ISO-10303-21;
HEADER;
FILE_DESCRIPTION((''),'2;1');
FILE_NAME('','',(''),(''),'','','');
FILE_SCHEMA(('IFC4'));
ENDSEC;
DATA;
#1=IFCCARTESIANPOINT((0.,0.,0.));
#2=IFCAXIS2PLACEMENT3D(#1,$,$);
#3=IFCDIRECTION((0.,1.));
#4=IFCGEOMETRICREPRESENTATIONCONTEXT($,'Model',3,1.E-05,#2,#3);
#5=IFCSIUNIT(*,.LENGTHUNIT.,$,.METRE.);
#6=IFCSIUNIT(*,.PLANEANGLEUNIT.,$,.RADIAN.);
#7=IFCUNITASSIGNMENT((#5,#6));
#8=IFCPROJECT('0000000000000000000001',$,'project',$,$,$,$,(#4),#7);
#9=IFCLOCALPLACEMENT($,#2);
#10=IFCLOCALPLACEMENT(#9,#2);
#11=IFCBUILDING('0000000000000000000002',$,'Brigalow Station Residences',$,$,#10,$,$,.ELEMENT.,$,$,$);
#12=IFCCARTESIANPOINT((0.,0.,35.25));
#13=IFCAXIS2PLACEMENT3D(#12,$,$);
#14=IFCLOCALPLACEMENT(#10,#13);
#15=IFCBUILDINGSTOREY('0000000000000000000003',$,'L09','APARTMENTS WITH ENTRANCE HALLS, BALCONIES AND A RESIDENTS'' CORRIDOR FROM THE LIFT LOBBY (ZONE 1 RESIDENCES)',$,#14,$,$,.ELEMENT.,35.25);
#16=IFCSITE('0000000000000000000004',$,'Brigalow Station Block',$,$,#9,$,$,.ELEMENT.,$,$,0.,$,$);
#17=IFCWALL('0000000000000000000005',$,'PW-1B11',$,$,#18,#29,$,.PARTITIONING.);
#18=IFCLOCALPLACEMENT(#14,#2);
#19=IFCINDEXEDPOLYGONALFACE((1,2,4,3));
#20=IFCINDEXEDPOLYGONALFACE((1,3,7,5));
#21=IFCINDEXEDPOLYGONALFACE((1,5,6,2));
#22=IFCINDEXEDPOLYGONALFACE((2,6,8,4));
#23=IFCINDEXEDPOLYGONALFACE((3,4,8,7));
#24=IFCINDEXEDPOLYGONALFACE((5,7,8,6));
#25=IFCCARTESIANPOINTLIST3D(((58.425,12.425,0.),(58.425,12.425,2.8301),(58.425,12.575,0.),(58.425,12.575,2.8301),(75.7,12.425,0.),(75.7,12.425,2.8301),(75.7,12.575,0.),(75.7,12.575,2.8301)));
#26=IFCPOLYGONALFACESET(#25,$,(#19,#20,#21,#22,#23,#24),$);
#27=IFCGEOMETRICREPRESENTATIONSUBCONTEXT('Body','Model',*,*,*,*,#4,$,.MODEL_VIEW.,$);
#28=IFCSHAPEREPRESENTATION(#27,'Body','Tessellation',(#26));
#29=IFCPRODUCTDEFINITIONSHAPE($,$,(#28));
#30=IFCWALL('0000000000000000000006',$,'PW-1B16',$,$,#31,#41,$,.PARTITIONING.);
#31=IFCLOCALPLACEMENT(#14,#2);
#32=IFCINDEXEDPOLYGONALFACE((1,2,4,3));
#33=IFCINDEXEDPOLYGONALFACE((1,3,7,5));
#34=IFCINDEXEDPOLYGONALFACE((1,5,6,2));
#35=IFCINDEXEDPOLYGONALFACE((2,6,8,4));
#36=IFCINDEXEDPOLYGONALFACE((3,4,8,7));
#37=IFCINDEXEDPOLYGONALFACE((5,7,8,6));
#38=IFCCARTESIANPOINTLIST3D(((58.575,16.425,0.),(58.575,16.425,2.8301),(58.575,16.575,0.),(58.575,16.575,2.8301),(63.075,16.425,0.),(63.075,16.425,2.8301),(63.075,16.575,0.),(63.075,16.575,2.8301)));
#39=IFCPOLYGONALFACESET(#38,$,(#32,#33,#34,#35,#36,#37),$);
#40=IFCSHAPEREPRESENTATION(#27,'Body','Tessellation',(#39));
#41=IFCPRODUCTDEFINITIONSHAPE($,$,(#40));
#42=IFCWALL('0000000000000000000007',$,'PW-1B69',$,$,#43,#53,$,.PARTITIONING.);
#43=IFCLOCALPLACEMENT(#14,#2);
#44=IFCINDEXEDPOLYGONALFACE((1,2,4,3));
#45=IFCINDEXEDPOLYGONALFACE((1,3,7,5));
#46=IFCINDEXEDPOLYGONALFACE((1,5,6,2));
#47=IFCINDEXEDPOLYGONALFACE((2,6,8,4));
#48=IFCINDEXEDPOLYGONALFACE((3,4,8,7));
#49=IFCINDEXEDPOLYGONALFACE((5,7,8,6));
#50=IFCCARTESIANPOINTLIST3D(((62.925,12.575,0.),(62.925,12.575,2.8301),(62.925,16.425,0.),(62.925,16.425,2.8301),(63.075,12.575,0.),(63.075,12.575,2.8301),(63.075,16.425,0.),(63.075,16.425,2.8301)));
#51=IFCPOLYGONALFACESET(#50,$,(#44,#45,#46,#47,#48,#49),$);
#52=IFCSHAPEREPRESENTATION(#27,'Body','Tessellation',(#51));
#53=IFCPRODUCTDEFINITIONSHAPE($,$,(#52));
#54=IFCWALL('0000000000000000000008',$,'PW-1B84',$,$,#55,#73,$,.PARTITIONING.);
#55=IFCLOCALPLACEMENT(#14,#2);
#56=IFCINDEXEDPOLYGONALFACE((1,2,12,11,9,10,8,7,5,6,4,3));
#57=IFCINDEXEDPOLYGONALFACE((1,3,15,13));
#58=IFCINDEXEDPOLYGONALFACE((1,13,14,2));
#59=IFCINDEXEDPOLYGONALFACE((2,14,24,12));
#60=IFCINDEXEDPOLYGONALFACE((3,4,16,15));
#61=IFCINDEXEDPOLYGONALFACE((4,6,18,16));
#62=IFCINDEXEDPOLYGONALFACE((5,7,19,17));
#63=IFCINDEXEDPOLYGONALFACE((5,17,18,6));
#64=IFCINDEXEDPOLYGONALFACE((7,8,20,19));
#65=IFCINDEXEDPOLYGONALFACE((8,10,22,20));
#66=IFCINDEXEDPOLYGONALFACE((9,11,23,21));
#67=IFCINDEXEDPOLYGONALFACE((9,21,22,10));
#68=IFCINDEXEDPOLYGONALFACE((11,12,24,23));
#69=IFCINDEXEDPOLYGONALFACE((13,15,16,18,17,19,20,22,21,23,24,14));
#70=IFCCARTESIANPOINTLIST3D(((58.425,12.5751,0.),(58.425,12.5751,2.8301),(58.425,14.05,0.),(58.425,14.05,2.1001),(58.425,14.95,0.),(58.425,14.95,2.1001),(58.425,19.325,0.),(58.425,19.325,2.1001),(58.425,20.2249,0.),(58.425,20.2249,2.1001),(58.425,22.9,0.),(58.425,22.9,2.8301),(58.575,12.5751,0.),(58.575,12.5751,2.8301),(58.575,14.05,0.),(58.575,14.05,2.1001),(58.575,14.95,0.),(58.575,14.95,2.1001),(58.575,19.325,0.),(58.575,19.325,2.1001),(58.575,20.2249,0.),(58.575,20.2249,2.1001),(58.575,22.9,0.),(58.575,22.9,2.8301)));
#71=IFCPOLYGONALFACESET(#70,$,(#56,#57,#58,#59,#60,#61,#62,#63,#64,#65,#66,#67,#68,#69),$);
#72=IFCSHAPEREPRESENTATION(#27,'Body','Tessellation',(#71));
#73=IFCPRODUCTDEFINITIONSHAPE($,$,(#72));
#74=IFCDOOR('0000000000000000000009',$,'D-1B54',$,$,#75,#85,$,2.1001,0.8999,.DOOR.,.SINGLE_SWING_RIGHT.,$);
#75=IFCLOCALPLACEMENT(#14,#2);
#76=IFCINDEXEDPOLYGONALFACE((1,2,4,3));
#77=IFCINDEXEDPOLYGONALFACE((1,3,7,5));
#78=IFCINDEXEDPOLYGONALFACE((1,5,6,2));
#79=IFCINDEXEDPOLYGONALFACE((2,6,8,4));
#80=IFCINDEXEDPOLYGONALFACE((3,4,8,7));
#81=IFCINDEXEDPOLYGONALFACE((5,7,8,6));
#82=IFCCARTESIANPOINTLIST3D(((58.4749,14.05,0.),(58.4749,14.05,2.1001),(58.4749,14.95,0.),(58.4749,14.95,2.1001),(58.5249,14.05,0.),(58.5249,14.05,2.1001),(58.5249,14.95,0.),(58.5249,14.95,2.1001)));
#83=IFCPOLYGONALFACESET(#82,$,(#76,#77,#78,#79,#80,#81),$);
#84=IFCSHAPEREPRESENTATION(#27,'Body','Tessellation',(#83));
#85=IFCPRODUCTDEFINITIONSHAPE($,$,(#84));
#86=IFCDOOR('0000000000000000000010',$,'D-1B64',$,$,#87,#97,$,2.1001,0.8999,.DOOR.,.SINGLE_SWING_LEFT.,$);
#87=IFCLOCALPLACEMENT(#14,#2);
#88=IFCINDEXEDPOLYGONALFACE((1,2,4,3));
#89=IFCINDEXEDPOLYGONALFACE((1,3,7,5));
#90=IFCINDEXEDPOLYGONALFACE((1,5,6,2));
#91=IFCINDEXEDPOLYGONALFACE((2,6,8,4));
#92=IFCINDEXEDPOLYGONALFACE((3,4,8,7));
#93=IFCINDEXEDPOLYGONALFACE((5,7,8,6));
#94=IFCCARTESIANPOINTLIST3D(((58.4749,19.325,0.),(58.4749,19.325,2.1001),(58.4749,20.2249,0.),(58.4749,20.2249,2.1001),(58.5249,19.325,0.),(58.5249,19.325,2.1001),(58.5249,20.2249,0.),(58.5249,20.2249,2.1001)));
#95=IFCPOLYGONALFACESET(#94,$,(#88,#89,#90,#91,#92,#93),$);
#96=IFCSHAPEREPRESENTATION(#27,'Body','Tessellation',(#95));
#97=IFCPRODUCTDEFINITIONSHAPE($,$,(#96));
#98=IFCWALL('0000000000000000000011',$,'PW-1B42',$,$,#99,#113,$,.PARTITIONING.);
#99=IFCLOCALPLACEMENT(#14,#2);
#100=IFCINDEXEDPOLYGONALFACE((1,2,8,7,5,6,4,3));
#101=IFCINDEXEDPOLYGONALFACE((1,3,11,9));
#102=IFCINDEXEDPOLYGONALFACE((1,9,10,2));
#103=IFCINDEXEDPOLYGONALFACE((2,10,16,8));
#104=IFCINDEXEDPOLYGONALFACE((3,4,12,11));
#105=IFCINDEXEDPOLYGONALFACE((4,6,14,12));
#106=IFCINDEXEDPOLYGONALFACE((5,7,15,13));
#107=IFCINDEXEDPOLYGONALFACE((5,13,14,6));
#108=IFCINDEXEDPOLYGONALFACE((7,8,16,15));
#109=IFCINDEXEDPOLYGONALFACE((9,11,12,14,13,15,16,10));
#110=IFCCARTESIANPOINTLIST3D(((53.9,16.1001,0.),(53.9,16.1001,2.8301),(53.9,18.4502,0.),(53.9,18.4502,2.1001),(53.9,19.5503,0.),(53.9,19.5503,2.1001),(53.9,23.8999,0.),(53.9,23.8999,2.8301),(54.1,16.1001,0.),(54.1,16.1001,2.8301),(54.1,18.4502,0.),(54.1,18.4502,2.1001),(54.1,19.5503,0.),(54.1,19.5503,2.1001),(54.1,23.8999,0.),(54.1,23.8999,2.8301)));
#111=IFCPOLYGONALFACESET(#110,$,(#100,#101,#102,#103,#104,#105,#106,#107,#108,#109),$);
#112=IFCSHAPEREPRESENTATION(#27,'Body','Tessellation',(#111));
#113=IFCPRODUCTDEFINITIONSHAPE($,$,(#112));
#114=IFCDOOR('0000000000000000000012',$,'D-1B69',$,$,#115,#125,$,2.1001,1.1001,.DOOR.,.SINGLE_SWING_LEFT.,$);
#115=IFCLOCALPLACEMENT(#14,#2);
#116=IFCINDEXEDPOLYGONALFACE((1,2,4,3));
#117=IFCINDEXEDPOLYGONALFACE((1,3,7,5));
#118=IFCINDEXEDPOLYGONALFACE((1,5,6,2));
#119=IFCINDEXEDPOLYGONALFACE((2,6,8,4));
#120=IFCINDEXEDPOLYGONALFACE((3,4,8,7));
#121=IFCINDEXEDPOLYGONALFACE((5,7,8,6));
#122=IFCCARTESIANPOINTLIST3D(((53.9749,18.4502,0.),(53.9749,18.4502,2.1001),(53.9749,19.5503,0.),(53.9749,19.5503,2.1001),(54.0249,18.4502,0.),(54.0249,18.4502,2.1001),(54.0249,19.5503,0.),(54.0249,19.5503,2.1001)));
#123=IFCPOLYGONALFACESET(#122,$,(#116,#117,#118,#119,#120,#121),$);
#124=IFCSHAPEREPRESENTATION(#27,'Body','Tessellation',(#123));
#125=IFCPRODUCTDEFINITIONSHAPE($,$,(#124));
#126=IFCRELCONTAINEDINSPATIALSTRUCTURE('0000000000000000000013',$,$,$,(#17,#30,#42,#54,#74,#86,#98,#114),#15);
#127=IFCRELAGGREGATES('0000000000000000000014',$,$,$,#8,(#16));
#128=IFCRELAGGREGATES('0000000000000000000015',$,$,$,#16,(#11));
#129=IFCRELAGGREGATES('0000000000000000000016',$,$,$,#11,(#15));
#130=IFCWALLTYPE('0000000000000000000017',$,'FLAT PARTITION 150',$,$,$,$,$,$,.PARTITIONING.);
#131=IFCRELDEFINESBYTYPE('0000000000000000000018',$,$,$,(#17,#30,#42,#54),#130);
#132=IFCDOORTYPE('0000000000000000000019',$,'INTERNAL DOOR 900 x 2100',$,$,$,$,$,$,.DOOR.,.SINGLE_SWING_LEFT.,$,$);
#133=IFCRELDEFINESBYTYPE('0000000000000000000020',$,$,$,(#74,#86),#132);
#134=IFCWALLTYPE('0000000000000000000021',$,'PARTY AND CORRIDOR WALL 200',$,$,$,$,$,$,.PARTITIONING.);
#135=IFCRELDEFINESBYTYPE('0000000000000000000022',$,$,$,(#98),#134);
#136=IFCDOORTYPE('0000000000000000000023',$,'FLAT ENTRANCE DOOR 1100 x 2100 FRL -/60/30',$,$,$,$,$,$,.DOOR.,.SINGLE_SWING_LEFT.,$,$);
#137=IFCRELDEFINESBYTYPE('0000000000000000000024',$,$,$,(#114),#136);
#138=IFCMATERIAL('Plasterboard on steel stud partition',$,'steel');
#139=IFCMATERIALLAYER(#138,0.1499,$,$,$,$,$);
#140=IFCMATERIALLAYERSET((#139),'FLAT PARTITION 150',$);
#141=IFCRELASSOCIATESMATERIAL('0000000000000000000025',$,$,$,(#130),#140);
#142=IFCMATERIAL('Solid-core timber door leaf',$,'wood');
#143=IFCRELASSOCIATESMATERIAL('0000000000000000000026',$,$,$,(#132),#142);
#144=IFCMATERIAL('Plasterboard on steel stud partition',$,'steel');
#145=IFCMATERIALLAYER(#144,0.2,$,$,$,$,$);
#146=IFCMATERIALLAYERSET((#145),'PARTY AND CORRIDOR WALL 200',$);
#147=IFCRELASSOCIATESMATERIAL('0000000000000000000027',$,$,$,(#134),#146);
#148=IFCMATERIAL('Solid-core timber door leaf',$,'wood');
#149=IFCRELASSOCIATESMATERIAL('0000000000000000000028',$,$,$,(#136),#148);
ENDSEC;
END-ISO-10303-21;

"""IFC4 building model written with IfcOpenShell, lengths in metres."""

from ifc_helpers import new_model, si_unit, direction, frame, frame_2d, origin, place, context, subcontext, project, spatial, rectangle, extrude, material, layer, layer_set, type_object, element, fill, save


model = new_model("IFC4")

# Units and contexts
model_context = context("Model", 3, precision=1e-05, world=origin(), true_north=direction((0.0, 1.0)))
body_context = subcontext(model_context, "Body", "Model", "MODEL_VIEW")
ifc_project = project(units=[si_unit("LENGTHUNIT", "METRE"), si_unit("PLANEANGLEUNIT", "RADIAN")], contexts=[model_context])

# Site, building, storey
site_placement = place(None, origin())
site = spatial("IfcSite", under=ifc_project, at=site_placement, Name="Brigalow Station Block", CompositionType="ELEMENT", RefElevation=0.0)
building_placement = place(site_placement, origin())
building = spatial("IfcBuilding", under=site, at=building_placement, Name="Brigalow Station Residences", CompositionType="ELEMENT")
storey_placement = place(building_placement, frame((0.0, 0.0, 35.25)))
storey = spatial("IfcBuildingStorey", under=building, at=storey_placement, Name="L09", Description="APARTMENTS WITH ENTRANCE HALLS, BALCONIES AND A RESIDENTS' CORRIDOR FROM THE LIFT LOBBY (ZONE 1 RESIDENCES)", CompositionType="ELEMENT", Elevation=35.25)

# Shared definitions
ifc_material_1 = material(Name="Plasterboard on steel stud partition", Category="steel")
ifc_layer_1 = layer(ifc_material_1, 0.1499)
ifc_layer_set_1 = layer_set([ifc_layer_1], Name="FLAT PARTITION 150")
wall_type_1 = type_object("IfcWallType", Name="FLAT PARTITION 150", PredefinedType="PARTITIONING", material=ifc_layer_set_1)
ifc_material_2 = material(Name="Solid-core timber door leaf", Category="wood")
door_type_1 = type_object("IfcDoorType", Name="INTERNAL DOOR 900 x 2100", OperationType="SINGLE_SWING_LEFT", PredefinedType="DOOR", material=ifc_material_2)

# Walls
wall_1_placement = place(storey_placement, frame((58.425, 12.5, 0.0), z_axis=(0.0, 0.0, 1.0), x_axis=(1.0, 0.0, 0.0)))
element("IfcWall", 1, at=wall_1_placement, inside=storey, type_object=wall_type_1, Name="PW-1B11", PredefinedType="PARTITIONING", context=body_context, shape_type="SweptSolid", body=[
    extrude(rectangle(XDim=17.2749, YDim=0.1499, at=frame_2d((8.6375, 0.0))), origin(), (0.0, 0.0, 1.0), 2.8301),
])
wall_2_placement = place(storey_placement, frame((58.575, 16.5, 0.0), z_axis=(0.0, 0.0, 1.0), x_axis=(1.0, 0.0, 0.0)))
element("IfcWall", 2, at=wall_2_placement, inside=storey, type_object=wall_type_1, Name="PW-1B16", PredefinedType="PARTITIONING", context=body_context, shape_type="SweptSolid", body=[
    extrude(rectangle(XDim=4.5, YDim=0.1499, at=frame_2d((2.25, 0.0))), origin(), (0.0, 0.0, 1.0), 2.8301),
])
wall_3_placement = place(storey_placement, frame((63.0, 12.575, 0.0), z_axis=(0.0, 0.0, 1.0), x_axis=(0.0, 1.0, 0.0)))
element("IfcWall", 3, at=wall_3_placement, inside=storey, type_object=wall_type_1, Name="PW-1B69", PredefinedType="PARTITIONING", context=body_context, shape_type="SweptSolid", body=[
    extrude(rectangle(XDim=3.8501, YDim=0.1499, at=frame_2d((1.925, 0.0))), origin(), (0.0, 0.0, 1.0), 2.8301),
])

# Wall, openings, doors
wall_4_placement = place(storey_placement, frame((58.5, 12.575, 0.0), z_axis=(0.0, 0.0, 1.0), x_axis=(0.0, 1.0, 0.0)))
wall_4 = element("IfcWall", 4, at=wall_4_placement, inside=storey, type_object=wall_type_1, Name="PW-1B84", PredefinedType="PARTITIONING", context=body_context, shape_type="SweptSolid", body=[
    extrude(rectangle(XDim=10.325, YDim=0.1499, at=frame_2d((5.1626, 0.0))), origin(), (0.0, 0.0, 1.0), 2.8301),
])
opening_1_placement = place(wall_4_placement, frame((1.4751, 0.0, 0.0)))
opening_1 = element("IfcOpeningElement", 5, at=opening_1_placement, cuts=wall_4, PredefinedType="OPENING", context=body_context, shape_type="SweptSolid", body=[
    extrude(rectangle(XDim=0.8999, YDim=2.1001, at=frame_2d((0.45, 1.05))), frame((0.0, 0.085, 0.0), z_axis=(0.0, -1.0, 0.0), x_axis=(1.0, 0.0, 0.0)), (0.0, 0.0, 1.0), 0.1699),
])
opening_2_placement = place(wall_4_placement, frame((6.75, 0.0, 0.0)))
opening_2 = element("IfcOpeningElement", 6, at=opening_2_placement, cuts=wall_4, PredefinedType="OPENING", context=body_context, shape_type="SweptSolid", body=[
    extrude(rectangle(XDim=0.8999, YDim=2.1001, at=frame_2d((0.45, 1.05))), frame((0.0, 0.085, 0.0), z_axis=(0.0, -1.0, 0.0), x_axis=(1.0, 0.0, 0.0)), (0.0, 0.0, 1.0), 0.1699),
])
door_1_placement = place(opening_1_placement, frame((0.8999, 0.0, 0.0), z_axis=(0.0, 0.0, 1.0), x_axis=(-1.0, 0.0, 0.0)))
door_1 = element("IfcDoor", 7, at=door_1_placement, inside=storey, type_object=door_type_1, Name="D-1B54", OperationType="SINGLE_SWING_RIGHT", OverallHeight=2.1001, OverallWidth=0.8999, PredefinedType="DOOR", context=body_context, shape_type="SweptSolid", body=[
    extrude(rectangle(XDim=0.8999, YDim=2.1001, at=frame_2d((0.45, 1.05))), frame((0.0, 0.0249, 0.0), z_axis=(0.0, -1.0, 0.0), x_axis=(1.0, 0.0, 0.0)), (0.0, 0.0, 1.0), 0.05),
])
fill(opening_1, door_1)
door_2_placement = place(opening_2_placement, frame((0.8999, 0.0, 0.0), z_axis=(0.0, 0.0, 1.0), x_axis=(-1.0, 0.0, 0.0)))
door_2 = element("IfcDoor", 8, at=door_2_placement, inside=storey, type_object=door_type_1, Name="D-1B64", OperationType="SINGLE_SWING_LEFT", OverallHeight=2.1001, OverallWidth=0.8999, PredefinedType="DOOR", context=body_context, shape_type="SweptSolid", body=[
    extrude(rectangle(XDim=0.8999, YDim=2.1001, at=frame_2d((0.45, 1.05))), frame((0.0, 0.0249, 0.0), z_axis=(0.0, -1.0, 0.0), x_axis=(1.0, 0.0, 0.0)), (0.0, 0.0, 1.0), 0.05),
])
fill(opening_2, door_2)

# Wall, opening, door
ifc_material_3 = material(Name="Plasterboard on steel stud partition", Category="steel")
ifc_layer_2 = layer(ifc_material_3, 0.2)
ifc_layer_set_2 = layer_set([ifc_layer_2], Name="PARTY AND CORRIDOR WALL 200")
wall_type_2 = type_object("IfcWallType", Name="PARTY AND CORRIDOR WALL 200", PredefinedType="PARTITIONING", material=ifc_layer_set_2)
wall_5_placement = place(storey_placement, frame((54.0, 16.1001, 0.0), z_axis=(0.0, 0.0, 1.0), x_axis=(0.0, 1.0, 0.0)))
wall_5 = element("IfcWall", 9, at=wall_5_placement, inside=storey, type_object=wall_type_2, Name="PW-1B42", PredefinedType="PARTITIONING", context=body_context, shape_type="SweptSolid", body=[
    extrude(rectangle(XDim=7.7998, YDim=0.2, at=frame_2d((3.8999, 0.0))), origin(), (0.0, 0.0, 1.0), 2.8301),
])
opening_3_placement = place(wall_5_placement, frame((2.3501, 0.0, 0.0)))
opening_3 = element("IfcOpeningElement", 10, at=opening_3_placement, cuts=wall_5, PredefinedType="OPENING", context=body_context, shape_type="SweptSolid", body=[
    extrude(rectangle(XDim=1.1001, YDim=2.1001, at=frame_2d((0.55, 1.05))), frame((0.0, 0.1099, 0.0), z_axis=(0.0, -1.0, 0.0), x_axis=(1.0, 0.0, 0.0)), (0.0, 0.0, 1.0), 0.22),
])
ifc_material_4 = material(Name="Solid-core timber door leaf", Category="wood")
door_type_2 = type_object("IfcDoorType", Name="FLAT ENTRANCE DOOR 1100 x 2100 FRL -/60/30", OperationType="SINGLE_SWING_LEFT", PredefinedType="DOOR", material=ifc_material_4)
door_3_placement = place(opening_3_placement, frame((1.1001, 0.0, 0.0), z_axis=(0.0, 0.0, 1.0), x_axis=(-1.0, 0.0, 0.0)))
door_3 = element("IfcDoor", 11, at=door_3_placement, inside=storey, type_object=door_type_2, Name="D-1B69", OperationType="SINGLE_SWING_LEFT", OverallHeight=2.1001, OverallWidth=1.1001, PredefinedType="DOOR", context=body_context, shape_type="SweptSolid", body=[
    extrude(rectangle(XDim=1.1001, YDim=2.1001, at=frame_2d((0.55, 1.05))), frame((0.0, 0.0249, 0.0), z_axis=(0.0, -1.0, 0.0), x_axis=(1.0, 0.0, 0.0)), (0.0, 0.0, 1.0), 0.05),
])
fill(opening_3, door_3)

save(model, "model.ifc")
